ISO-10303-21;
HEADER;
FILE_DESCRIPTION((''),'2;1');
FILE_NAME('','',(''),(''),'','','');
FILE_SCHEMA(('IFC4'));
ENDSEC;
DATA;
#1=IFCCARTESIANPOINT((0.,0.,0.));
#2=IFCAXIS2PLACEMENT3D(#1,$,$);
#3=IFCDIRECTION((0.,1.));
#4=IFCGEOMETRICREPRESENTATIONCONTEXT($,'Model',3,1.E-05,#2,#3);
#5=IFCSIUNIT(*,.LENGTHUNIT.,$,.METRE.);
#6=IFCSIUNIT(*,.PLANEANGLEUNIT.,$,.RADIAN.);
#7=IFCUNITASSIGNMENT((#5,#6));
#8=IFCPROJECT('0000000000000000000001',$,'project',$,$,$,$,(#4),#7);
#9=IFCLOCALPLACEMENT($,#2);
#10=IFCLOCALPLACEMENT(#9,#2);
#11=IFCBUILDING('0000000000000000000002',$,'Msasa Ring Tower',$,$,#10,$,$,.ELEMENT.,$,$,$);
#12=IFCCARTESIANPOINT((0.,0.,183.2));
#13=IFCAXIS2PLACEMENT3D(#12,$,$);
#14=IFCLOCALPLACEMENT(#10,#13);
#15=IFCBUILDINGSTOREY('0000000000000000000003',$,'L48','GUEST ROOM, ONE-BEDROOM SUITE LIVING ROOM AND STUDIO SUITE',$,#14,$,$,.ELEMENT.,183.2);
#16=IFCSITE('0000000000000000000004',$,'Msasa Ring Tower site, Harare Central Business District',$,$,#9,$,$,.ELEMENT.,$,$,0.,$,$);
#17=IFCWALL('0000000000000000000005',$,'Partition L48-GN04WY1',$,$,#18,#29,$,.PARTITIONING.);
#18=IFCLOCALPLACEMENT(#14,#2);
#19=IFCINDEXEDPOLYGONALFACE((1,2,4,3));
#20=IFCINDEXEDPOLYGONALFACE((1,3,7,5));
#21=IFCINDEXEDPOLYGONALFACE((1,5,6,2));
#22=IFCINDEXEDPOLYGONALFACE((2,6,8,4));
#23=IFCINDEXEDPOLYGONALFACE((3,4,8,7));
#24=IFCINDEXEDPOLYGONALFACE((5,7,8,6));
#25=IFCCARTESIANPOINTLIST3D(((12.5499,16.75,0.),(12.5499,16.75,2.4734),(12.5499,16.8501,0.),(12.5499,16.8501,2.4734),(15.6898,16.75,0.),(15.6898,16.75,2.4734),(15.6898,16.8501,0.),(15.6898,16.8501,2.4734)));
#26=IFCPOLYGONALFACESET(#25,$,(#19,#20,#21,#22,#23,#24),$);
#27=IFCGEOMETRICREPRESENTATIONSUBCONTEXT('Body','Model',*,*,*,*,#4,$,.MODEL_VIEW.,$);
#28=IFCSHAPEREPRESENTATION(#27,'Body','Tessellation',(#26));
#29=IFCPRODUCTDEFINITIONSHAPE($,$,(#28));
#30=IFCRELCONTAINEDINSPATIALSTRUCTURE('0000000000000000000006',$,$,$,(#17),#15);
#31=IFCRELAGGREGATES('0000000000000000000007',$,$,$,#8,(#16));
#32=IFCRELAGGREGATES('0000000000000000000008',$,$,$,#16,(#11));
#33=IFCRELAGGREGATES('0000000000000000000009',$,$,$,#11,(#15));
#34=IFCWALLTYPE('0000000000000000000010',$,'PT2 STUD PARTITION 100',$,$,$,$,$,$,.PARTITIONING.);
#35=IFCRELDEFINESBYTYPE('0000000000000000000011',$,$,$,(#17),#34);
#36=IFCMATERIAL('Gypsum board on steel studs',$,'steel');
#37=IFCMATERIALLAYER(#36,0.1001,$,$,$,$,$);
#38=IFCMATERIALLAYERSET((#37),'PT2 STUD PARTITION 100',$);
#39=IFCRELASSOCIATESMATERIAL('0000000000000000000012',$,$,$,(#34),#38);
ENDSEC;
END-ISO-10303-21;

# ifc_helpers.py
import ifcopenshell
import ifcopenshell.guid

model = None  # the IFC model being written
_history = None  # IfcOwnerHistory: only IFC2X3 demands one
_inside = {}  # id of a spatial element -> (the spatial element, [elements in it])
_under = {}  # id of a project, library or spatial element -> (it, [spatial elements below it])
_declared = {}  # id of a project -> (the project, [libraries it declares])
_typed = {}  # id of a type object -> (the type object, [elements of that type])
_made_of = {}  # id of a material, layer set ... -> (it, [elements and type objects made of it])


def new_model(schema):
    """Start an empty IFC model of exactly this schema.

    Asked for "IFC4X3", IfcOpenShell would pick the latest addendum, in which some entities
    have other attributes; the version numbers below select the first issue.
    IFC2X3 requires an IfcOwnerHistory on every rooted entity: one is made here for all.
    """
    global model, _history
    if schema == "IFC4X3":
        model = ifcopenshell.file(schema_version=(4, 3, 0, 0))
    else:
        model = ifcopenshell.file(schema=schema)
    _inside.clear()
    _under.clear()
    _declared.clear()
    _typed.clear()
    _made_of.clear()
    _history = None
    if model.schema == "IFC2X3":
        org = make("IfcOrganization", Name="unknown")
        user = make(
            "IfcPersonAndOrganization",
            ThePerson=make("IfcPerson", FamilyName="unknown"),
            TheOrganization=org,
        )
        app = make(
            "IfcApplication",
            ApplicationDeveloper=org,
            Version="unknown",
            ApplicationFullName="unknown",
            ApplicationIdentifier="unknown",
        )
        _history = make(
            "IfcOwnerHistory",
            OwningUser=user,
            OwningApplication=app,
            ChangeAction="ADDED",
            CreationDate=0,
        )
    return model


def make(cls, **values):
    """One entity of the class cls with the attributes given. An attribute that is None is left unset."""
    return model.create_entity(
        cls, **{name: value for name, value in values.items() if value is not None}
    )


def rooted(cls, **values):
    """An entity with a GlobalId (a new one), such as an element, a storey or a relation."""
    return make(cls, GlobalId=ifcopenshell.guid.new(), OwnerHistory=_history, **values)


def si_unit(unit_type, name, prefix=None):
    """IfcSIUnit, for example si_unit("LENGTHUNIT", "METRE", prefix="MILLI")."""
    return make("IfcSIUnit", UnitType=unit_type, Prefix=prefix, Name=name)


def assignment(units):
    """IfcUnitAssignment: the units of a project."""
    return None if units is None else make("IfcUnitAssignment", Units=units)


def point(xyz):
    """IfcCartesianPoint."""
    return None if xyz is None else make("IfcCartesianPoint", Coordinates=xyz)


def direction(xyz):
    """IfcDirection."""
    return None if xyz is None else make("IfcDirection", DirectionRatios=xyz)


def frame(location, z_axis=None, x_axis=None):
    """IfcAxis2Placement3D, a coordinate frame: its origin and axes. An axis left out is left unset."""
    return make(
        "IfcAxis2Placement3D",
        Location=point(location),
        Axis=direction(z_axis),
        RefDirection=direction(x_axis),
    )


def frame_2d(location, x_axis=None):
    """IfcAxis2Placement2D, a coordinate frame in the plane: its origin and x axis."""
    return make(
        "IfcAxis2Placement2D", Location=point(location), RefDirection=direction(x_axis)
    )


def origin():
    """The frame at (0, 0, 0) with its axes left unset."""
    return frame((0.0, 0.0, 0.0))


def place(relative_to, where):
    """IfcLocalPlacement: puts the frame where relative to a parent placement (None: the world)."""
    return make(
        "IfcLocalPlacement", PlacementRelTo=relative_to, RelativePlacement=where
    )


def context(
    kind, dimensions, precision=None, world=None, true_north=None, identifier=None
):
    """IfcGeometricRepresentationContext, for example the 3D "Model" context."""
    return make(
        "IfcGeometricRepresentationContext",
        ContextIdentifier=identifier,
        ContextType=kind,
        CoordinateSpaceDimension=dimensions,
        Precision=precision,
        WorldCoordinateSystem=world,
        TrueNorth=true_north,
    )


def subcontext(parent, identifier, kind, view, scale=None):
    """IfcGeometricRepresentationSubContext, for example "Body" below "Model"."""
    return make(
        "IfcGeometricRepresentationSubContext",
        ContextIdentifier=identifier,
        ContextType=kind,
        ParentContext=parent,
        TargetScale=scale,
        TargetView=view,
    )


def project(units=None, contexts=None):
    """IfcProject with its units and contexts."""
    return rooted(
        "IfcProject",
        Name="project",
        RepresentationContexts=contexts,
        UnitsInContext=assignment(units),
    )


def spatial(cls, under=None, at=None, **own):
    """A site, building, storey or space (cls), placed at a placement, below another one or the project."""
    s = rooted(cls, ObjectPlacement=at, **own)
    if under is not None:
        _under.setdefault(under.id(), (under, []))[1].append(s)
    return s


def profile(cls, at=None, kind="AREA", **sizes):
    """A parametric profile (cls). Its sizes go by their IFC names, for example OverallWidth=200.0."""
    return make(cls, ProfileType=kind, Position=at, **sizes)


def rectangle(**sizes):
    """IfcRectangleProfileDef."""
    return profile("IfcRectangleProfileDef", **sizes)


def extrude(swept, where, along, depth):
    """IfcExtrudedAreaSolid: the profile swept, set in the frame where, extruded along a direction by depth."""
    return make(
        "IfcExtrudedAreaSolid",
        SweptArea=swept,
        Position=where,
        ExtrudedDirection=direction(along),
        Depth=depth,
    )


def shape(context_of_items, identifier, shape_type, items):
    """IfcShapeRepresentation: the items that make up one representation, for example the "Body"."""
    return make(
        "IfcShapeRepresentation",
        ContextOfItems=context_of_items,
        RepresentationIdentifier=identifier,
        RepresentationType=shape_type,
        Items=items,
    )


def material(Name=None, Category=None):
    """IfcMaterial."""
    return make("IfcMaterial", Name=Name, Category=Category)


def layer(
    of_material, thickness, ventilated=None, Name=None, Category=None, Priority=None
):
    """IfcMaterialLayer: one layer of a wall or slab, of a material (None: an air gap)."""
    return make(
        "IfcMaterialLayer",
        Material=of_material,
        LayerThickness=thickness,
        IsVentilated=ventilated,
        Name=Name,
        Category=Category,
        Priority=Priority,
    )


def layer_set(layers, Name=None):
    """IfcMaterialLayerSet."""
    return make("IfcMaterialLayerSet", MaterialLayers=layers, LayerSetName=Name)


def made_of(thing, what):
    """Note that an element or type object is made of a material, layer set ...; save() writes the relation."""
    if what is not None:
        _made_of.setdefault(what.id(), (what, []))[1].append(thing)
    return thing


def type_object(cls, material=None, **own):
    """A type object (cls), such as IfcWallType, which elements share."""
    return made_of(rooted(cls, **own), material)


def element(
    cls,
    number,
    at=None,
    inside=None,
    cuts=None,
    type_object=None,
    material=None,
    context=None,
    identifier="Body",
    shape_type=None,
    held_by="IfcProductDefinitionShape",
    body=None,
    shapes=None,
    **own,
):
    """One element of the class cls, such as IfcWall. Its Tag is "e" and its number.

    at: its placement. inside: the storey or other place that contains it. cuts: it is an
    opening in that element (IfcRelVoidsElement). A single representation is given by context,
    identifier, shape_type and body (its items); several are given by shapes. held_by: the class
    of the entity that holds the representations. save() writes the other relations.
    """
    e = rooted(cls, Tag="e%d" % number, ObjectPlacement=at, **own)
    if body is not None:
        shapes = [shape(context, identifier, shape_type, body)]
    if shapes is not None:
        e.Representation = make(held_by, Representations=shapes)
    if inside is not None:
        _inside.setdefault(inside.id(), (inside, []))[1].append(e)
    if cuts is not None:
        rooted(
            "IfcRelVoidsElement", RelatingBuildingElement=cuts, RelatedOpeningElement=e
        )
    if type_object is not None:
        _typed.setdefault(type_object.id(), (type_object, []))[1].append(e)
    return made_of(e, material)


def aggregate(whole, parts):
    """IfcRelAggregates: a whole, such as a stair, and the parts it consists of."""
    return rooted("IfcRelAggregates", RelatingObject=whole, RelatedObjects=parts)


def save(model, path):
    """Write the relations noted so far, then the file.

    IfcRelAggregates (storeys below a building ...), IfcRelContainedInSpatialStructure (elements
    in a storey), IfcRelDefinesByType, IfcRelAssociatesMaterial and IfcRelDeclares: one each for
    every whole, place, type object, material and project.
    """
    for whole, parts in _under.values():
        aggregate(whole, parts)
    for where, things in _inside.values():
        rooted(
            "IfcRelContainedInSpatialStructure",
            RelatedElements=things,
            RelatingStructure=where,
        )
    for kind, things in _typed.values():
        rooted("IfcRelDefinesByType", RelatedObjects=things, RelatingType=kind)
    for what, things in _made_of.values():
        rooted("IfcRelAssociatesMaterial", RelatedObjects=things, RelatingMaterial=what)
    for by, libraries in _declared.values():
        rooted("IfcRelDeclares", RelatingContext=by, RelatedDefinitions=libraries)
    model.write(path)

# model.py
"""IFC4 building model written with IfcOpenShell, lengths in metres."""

from ifc_helpers import new_model, si_unit, direction, frame, frame_2d, origin, place, context, subcontext, project, spatial, rectangle, extrude, material, layer, layer_set, type_object, element, save


model = new_model("IFC4")

# Units and contexts
model_context = context("Model", 3, precision=1e-05, world=origin(), true_north=direction((0.0, 1.0)))
body_context = subcontext(model_context, "Body", "Model", "MODEL_VIEW")
ifc_project = project(units=[si_unit("LENGTHUNIT", "METRE"), si_unit("PLANEANGLEUNIT", "RADIAN")], contexts=[model_context])

# Site, building, storey
site_placement = place(None, origin())
site = spatial("IfcSite", under=ifc_project, at=site_placement, Name="Msasa Ring Tower site, Harare Central Business District", CompositionType="ELEMENT", RefElevation=0.0)
building_placement = place(site_placement, origin())
building = spatial("IfcBuilding", under=site, at=building_placement, Name="Msasa Ring Tower", CompositionType="ELEMENT")
storey_placement = place(building_placement, frame((0.0, 0.0, 183.2)))
storey = spatial("IfcBuildingStorey", under=building, at=storey_placement, Name="L48", Description="GUEST ROOM, ONE-BEDROOM SUITE LIVING ROOM AND STUDIO SUITE", CompositionType="ELEMENT", Elevation=183.2)

# Wall
ifc_material_1 = material(Name="Gypsum board on steel studs", Category="steel")
ifc_layer_1 = layer(ifc_material_1, 0.1001)
ifc_layer_set_1 = layer_set([ifc_layer_1], Name="PT2 STUD PARTITION 100")
wall_type_1 = type_object("IfcWallType", Name="PT2 STUD PARTITION 100", PredefinedType="PARTITIONING", material=ifc_layer_set_1)
wall_1_placement = place(storey_placement, frame((12.55, 16.8, 0.0), z_axis=(0.0, 0.0, 1.0), x_axis=(1.0, 0.0, 0.0)))
element("IfcWall", 1, at=wall_1_placement, inside=storey, type_object=wall_type_1, Name="Partition L48-GN04WY1", PredefinedType="PARTITIONING", context=body_context, shape_type="SweptSolid", body=[
    extrude(rectangle(XDim=3.1399, YDim=0.1001, at=frame_2d((1.5698, 0.0))), origin(), (0.0, 0.0, 1.0), 2.4734),
])

save(model, "model.ifc")
